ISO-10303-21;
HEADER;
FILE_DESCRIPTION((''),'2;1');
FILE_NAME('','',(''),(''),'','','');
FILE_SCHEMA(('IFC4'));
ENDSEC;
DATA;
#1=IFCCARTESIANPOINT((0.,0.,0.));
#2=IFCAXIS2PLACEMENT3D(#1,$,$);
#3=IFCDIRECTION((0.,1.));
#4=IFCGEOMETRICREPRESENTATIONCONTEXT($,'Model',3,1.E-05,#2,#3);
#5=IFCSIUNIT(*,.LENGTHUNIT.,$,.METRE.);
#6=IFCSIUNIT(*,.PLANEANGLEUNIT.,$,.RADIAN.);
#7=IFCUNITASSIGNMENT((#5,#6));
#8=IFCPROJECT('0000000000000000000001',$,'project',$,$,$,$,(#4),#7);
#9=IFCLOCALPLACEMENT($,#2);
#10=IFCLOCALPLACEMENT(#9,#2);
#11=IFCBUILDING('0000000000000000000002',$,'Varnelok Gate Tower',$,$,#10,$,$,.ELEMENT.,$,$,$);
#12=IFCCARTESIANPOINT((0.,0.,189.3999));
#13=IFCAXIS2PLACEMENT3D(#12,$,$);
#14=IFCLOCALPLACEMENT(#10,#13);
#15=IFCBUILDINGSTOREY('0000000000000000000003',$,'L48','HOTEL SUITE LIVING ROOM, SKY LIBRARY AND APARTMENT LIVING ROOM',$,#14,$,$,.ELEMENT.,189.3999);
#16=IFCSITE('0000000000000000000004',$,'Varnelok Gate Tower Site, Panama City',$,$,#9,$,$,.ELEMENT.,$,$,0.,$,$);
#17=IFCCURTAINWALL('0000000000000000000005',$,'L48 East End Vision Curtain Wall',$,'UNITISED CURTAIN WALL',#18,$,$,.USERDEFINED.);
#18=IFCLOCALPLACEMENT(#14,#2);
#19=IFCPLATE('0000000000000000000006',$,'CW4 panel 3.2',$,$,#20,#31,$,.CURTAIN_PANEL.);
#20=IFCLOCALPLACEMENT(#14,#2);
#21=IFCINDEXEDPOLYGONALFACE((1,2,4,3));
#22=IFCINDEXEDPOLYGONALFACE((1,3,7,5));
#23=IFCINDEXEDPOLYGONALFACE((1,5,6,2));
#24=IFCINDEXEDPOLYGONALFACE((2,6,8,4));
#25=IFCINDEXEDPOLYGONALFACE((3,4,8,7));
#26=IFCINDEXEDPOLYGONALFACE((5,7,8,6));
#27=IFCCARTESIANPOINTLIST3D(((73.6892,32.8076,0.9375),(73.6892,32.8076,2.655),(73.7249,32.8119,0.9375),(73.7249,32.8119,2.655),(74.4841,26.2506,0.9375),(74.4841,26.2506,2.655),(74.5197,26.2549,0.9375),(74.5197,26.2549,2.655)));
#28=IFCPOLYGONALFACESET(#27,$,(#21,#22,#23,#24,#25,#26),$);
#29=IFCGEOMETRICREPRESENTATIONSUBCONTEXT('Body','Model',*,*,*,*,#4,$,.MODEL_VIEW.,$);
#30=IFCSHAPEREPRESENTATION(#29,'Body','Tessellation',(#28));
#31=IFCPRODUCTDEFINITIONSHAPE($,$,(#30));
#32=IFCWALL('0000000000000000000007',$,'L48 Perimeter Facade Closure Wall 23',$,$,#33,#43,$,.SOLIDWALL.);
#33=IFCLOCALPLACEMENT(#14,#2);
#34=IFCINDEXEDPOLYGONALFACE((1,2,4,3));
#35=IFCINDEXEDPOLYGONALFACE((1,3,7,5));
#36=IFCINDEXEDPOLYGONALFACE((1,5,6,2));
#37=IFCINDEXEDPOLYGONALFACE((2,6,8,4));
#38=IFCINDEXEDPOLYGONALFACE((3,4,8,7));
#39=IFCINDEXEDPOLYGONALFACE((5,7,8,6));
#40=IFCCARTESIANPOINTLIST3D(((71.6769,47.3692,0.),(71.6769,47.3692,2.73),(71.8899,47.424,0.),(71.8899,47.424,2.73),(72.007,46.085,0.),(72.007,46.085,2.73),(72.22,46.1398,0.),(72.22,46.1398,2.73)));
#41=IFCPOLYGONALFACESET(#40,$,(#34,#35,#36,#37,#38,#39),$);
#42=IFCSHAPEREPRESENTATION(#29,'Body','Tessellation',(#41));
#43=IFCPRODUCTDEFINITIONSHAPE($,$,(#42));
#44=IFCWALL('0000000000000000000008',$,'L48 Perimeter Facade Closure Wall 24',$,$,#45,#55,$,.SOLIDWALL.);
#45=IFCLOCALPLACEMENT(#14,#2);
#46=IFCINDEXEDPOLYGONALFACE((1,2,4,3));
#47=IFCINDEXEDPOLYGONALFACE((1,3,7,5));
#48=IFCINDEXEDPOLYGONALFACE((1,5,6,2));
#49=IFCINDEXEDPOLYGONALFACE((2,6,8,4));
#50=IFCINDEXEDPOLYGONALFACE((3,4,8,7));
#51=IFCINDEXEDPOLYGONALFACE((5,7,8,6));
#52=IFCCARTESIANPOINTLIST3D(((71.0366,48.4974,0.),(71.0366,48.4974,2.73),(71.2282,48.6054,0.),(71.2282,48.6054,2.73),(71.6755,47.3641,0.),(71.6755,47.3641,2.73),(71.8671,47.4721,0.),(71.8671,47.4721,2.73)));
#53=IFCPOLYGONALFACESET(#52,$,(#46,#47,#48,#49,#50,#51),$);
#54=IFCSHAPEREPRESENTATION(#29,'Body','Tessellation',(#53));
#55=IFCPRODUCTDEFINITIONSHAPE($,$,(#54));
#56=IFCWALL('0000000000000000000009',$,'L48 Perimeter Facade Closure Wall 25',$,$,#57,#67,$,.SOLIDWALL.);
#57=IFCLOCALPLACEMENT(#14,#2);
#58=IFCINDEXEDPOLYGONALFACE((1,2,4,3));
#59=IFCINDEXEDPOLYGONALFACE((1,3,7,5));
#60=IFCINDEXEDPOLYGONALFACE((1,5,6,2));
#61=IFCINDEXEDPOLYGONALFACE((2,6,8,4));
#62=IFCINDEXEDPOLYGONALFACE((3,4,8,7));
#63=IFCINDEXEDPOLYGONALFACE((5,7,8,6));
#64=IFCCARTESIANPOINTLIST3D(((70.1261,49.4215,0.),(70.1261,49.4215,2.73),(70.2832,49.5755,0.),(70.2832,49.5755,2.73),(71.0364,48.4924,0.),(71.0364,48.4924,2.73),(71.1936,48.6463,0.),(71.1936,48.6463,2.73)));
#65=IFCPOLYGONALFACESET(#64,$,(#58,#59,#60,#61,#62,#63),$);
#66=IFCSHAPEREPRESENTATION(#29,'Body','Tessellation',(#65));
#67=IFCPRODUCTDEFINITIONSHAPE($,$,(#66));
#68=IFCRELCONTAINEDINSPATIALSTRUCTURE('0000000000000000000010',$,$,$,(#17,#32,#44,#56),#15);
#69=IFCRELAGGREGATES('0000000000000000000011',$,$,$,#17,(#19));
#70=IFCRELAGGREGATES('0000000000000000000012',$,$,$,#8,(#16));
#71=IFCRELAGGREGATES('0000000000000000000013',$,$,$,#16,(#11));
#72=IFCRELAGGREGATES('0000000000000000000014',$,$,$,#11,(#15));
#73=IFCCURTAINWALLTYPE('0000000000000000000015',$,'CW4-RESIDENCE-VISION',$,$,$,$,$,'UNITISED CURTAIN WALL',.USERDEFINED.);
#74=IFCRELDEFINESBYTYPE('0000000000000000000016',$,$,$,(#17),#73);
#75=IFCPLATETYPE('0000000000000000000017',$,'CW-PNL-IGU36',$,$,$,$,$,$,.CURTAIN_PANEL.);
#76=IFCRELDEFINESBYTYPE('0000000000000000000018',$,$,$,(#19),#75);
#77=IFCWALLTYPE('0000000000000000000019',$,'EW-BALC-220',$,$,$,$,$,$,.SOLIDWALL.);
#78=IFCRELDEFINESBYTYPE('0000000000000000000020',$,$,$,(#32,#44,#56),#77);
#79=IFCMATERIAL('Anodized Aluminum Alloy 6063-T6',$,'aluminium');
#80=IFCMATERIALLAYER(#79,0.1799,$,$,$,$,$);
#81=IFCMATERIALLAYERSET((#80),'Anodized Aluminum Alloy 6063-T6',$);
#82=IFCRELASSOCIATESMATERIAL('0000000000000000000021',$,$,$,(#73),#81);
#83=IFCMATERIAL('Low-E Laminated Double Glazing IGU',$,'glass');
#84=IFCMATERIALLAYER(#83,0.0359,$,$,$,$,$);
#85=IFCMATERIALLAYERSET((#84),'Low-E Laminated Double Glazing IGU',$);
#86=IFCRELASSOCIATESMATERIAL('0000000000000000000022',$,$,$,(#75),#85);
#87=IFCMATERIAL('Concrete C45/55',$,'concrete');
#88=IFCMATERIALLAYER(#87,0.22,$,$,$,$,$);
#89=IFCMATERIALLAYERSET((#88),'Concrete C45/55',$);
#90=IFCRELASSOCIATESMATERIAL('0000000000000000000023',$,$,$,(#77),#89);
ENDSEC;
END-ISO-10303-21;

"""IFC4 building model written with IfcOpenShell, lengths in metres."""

from ifc_helpers import new_model, si_unit, direction, frame, frame_2d, origin, origin_2d, place, context, subcontext, project, spatial, rectangle, extrude, source, transform, mapped, material, layer, layer_set, type_object, element, aggregate, save


model = new_model("IFC4")

# Units and contexts
model_context = context("Model", 3, precision=1e-05, world=origin(), true_north=direction((0.0, 1.0)))
body_context = subcontext(model_context, "Body", "Model", "MODEL_VIEW")
ifc_project = project(units=[si_unit("LENGTHUNIT", "METRE"), si_unit("PLANEANGLEUNIT", "RADIAN")], contexts=[model_context])

# Site, building, storey
site_placement = place(None, origin())
site = spatial("IfcSite", under=ifc_project, at=site_placement, Name="Varnelok Gate Tower Site, Panama City", CompositionType="ELEMENT", RefElevation=0.0)
building_placement = place(site_placement, origin())
building = spatial("IfcBuilding", under=site, at=building_placement, Name="Varnelok Gate Tower", CompositionType="ELEMENT")
storey_placement = place(building_placement, frame((0.0, 0.0, 189.3999)))
storey = spatial("IfcBuildingStorey", under=building, at=storey_placement, Name="L48", Description="HOTEL SUITE LIVING ROOM, SKY LIBRARY AND APARTMENT LIVING ROOM", CompositionType="ELEMENT", Elevation=189.3999)

# Curtain wall, plate
ifc_material_1 = material(Name="Anodized Aluminum Alloy 6063-T6", Category="aluminium")
ifc_layer_1 = layer(ifc_material_1, 0.1799)
ifc_layer_set_1 = layer_set([ifc_layer_1], Name="Anodized Aluminum Alloy 6063-T6")
curtain_wall_type = type_object("IfcCurtainWallType", Name="CW4-RESIDENCE-VISION", ElementType="UNITISED CURTAIN WALL", PredefinedType="USERDEFINED", material=ifc_layer_set_1)
curtain_wall_placement = place(storey_placement, origin())
curtain_wall = element("IfcCurtainWall", 1, at=curtain_wall_placement, inside=storey, type_object=curtain_wall_type, Name="L48 East End Vision Curtain Wall", ObjectType="UNITISED CURTAIN WALL", PredefinedType="USERDEFINED")
ifc_material_2 = material(Name="Low-E Laminated Double Glazing IGU", Category="glass")
ifc_layer_2 = layer(ifc_material_2, 0.0359)
ifc_layer_set_2 = layer_set([ifc_layer_2], Name="Low-E Laminated Double Glazing IGU")
plate_type = type_object("IfcPlateType", Name="CW-PNL-IGU36", PredefinedType="CURTAIN_PANEL", material=ifc_layer_set_2)
shared_shape_1 = source(origin(), body_context, "Body", "SweptSolid", [
    extrude(rectangle(XDim=6.605, YDim=0.0359, at=origin_2d()), origin(), (0.0, 0.0, 1.0), 1.7175),
])
plate_1_placement = place(storey_placement, frame((74.1045, 29.5312, 0.9375), z_axis=(0.0, 0.0, 1.0), x_axis=(0.120345, -0.992732, 0.0)))
plate_1 = element("IfcPlate", 2, at=plate_1_placement, type_object=plate_type, Name="CW4 panel 3.2", PredefinedType="CURTAIN_PANEL", context=body_context, shape_type="MappedRepresentation", body=[
    mapped(shared_shape_1, transform((0.0, 0.0, 0.0), scale=1.0)),
])
aggregate(curtain_wall, [plate_1])

# Walls
ifc_material_3 = material(Name="Concrete C45/55", Category="concrete")
ifc_layer_3 = layer(ifc_material_3, 0.22)
ifc_layer_set_3 = layer_set([ifc_layer_3], Name="Concrete C45/55")
wall_type = type_object("IfcWallType", Name="EW-BALC-220", PredefinedType="SOLIDWALL", material=ifc_layer_set_3)
wall_1_placement = place(storey_placement, frame((72.1135, 46.1123, 0.0), z_axis=(0.0, 0.0, 1.0), x_axis=(-0.248942, 0.968518, 0.0)))
element("IfcWall", 3, at=wall_1_placement, inside=storey, type_object=wall_type, Name="L48 Perimeter Facade Closure Wall 23", PredefinedType="SOLIDWALL", context=body_context, shape_type="SweptSolid", body=[
    extrude(rectangle(XDim=1.3259, YDim=0.22, at=frame_2d((0.6631, 0.0))), origin(), (0.0, 0.0, 1.0), 2.73),
])
wall_2_placement = place(storey_placement, frame((71.7712, 47.4182, 0.0), z_axis=(0.0, 0.0, 1.0), x_axis=(-0.491099, 0.871104, 0.0)))
element("IfcWall", 4, at=wall_2_placement, inside=storey, type_object=wall_type, Name="L48 Perimeter Facade Closure Wall 24", PredefinedType="SOLIDWALL", context=body_context, shape_type="SweptSolid", body=[
    extrude(rectangle(XDim=1.301, YDim=0.22, at=frame_2d((0.6504, 0.0))), origin(), (0.0, 0.0, 1.0), 2.73),
])
wall_3_placement = place(storey_placement, frame((71.115, 48.5693, 0.0), z_axis=(0.0, 0.0, 1.0), x_axis=(-0.699844, 0.714295, 0.0)))
element("IfcWall", 5, at=wall_3_placement, inside=storey, type_object=wall_type, Name="L48 Perimeter Facade Closure Wall 25", PredefinedType="SOLIDWALL", context=body_context, shape_type="SweptSolid", body=[
    extrude(rectangle(XDim=1.3008, YDim=0.22, at=frame_2d((0.6504, 0.0))), origin(), (0.0, 0.0, 1.0), 2.73),
])

save(model, "model.ifc")
